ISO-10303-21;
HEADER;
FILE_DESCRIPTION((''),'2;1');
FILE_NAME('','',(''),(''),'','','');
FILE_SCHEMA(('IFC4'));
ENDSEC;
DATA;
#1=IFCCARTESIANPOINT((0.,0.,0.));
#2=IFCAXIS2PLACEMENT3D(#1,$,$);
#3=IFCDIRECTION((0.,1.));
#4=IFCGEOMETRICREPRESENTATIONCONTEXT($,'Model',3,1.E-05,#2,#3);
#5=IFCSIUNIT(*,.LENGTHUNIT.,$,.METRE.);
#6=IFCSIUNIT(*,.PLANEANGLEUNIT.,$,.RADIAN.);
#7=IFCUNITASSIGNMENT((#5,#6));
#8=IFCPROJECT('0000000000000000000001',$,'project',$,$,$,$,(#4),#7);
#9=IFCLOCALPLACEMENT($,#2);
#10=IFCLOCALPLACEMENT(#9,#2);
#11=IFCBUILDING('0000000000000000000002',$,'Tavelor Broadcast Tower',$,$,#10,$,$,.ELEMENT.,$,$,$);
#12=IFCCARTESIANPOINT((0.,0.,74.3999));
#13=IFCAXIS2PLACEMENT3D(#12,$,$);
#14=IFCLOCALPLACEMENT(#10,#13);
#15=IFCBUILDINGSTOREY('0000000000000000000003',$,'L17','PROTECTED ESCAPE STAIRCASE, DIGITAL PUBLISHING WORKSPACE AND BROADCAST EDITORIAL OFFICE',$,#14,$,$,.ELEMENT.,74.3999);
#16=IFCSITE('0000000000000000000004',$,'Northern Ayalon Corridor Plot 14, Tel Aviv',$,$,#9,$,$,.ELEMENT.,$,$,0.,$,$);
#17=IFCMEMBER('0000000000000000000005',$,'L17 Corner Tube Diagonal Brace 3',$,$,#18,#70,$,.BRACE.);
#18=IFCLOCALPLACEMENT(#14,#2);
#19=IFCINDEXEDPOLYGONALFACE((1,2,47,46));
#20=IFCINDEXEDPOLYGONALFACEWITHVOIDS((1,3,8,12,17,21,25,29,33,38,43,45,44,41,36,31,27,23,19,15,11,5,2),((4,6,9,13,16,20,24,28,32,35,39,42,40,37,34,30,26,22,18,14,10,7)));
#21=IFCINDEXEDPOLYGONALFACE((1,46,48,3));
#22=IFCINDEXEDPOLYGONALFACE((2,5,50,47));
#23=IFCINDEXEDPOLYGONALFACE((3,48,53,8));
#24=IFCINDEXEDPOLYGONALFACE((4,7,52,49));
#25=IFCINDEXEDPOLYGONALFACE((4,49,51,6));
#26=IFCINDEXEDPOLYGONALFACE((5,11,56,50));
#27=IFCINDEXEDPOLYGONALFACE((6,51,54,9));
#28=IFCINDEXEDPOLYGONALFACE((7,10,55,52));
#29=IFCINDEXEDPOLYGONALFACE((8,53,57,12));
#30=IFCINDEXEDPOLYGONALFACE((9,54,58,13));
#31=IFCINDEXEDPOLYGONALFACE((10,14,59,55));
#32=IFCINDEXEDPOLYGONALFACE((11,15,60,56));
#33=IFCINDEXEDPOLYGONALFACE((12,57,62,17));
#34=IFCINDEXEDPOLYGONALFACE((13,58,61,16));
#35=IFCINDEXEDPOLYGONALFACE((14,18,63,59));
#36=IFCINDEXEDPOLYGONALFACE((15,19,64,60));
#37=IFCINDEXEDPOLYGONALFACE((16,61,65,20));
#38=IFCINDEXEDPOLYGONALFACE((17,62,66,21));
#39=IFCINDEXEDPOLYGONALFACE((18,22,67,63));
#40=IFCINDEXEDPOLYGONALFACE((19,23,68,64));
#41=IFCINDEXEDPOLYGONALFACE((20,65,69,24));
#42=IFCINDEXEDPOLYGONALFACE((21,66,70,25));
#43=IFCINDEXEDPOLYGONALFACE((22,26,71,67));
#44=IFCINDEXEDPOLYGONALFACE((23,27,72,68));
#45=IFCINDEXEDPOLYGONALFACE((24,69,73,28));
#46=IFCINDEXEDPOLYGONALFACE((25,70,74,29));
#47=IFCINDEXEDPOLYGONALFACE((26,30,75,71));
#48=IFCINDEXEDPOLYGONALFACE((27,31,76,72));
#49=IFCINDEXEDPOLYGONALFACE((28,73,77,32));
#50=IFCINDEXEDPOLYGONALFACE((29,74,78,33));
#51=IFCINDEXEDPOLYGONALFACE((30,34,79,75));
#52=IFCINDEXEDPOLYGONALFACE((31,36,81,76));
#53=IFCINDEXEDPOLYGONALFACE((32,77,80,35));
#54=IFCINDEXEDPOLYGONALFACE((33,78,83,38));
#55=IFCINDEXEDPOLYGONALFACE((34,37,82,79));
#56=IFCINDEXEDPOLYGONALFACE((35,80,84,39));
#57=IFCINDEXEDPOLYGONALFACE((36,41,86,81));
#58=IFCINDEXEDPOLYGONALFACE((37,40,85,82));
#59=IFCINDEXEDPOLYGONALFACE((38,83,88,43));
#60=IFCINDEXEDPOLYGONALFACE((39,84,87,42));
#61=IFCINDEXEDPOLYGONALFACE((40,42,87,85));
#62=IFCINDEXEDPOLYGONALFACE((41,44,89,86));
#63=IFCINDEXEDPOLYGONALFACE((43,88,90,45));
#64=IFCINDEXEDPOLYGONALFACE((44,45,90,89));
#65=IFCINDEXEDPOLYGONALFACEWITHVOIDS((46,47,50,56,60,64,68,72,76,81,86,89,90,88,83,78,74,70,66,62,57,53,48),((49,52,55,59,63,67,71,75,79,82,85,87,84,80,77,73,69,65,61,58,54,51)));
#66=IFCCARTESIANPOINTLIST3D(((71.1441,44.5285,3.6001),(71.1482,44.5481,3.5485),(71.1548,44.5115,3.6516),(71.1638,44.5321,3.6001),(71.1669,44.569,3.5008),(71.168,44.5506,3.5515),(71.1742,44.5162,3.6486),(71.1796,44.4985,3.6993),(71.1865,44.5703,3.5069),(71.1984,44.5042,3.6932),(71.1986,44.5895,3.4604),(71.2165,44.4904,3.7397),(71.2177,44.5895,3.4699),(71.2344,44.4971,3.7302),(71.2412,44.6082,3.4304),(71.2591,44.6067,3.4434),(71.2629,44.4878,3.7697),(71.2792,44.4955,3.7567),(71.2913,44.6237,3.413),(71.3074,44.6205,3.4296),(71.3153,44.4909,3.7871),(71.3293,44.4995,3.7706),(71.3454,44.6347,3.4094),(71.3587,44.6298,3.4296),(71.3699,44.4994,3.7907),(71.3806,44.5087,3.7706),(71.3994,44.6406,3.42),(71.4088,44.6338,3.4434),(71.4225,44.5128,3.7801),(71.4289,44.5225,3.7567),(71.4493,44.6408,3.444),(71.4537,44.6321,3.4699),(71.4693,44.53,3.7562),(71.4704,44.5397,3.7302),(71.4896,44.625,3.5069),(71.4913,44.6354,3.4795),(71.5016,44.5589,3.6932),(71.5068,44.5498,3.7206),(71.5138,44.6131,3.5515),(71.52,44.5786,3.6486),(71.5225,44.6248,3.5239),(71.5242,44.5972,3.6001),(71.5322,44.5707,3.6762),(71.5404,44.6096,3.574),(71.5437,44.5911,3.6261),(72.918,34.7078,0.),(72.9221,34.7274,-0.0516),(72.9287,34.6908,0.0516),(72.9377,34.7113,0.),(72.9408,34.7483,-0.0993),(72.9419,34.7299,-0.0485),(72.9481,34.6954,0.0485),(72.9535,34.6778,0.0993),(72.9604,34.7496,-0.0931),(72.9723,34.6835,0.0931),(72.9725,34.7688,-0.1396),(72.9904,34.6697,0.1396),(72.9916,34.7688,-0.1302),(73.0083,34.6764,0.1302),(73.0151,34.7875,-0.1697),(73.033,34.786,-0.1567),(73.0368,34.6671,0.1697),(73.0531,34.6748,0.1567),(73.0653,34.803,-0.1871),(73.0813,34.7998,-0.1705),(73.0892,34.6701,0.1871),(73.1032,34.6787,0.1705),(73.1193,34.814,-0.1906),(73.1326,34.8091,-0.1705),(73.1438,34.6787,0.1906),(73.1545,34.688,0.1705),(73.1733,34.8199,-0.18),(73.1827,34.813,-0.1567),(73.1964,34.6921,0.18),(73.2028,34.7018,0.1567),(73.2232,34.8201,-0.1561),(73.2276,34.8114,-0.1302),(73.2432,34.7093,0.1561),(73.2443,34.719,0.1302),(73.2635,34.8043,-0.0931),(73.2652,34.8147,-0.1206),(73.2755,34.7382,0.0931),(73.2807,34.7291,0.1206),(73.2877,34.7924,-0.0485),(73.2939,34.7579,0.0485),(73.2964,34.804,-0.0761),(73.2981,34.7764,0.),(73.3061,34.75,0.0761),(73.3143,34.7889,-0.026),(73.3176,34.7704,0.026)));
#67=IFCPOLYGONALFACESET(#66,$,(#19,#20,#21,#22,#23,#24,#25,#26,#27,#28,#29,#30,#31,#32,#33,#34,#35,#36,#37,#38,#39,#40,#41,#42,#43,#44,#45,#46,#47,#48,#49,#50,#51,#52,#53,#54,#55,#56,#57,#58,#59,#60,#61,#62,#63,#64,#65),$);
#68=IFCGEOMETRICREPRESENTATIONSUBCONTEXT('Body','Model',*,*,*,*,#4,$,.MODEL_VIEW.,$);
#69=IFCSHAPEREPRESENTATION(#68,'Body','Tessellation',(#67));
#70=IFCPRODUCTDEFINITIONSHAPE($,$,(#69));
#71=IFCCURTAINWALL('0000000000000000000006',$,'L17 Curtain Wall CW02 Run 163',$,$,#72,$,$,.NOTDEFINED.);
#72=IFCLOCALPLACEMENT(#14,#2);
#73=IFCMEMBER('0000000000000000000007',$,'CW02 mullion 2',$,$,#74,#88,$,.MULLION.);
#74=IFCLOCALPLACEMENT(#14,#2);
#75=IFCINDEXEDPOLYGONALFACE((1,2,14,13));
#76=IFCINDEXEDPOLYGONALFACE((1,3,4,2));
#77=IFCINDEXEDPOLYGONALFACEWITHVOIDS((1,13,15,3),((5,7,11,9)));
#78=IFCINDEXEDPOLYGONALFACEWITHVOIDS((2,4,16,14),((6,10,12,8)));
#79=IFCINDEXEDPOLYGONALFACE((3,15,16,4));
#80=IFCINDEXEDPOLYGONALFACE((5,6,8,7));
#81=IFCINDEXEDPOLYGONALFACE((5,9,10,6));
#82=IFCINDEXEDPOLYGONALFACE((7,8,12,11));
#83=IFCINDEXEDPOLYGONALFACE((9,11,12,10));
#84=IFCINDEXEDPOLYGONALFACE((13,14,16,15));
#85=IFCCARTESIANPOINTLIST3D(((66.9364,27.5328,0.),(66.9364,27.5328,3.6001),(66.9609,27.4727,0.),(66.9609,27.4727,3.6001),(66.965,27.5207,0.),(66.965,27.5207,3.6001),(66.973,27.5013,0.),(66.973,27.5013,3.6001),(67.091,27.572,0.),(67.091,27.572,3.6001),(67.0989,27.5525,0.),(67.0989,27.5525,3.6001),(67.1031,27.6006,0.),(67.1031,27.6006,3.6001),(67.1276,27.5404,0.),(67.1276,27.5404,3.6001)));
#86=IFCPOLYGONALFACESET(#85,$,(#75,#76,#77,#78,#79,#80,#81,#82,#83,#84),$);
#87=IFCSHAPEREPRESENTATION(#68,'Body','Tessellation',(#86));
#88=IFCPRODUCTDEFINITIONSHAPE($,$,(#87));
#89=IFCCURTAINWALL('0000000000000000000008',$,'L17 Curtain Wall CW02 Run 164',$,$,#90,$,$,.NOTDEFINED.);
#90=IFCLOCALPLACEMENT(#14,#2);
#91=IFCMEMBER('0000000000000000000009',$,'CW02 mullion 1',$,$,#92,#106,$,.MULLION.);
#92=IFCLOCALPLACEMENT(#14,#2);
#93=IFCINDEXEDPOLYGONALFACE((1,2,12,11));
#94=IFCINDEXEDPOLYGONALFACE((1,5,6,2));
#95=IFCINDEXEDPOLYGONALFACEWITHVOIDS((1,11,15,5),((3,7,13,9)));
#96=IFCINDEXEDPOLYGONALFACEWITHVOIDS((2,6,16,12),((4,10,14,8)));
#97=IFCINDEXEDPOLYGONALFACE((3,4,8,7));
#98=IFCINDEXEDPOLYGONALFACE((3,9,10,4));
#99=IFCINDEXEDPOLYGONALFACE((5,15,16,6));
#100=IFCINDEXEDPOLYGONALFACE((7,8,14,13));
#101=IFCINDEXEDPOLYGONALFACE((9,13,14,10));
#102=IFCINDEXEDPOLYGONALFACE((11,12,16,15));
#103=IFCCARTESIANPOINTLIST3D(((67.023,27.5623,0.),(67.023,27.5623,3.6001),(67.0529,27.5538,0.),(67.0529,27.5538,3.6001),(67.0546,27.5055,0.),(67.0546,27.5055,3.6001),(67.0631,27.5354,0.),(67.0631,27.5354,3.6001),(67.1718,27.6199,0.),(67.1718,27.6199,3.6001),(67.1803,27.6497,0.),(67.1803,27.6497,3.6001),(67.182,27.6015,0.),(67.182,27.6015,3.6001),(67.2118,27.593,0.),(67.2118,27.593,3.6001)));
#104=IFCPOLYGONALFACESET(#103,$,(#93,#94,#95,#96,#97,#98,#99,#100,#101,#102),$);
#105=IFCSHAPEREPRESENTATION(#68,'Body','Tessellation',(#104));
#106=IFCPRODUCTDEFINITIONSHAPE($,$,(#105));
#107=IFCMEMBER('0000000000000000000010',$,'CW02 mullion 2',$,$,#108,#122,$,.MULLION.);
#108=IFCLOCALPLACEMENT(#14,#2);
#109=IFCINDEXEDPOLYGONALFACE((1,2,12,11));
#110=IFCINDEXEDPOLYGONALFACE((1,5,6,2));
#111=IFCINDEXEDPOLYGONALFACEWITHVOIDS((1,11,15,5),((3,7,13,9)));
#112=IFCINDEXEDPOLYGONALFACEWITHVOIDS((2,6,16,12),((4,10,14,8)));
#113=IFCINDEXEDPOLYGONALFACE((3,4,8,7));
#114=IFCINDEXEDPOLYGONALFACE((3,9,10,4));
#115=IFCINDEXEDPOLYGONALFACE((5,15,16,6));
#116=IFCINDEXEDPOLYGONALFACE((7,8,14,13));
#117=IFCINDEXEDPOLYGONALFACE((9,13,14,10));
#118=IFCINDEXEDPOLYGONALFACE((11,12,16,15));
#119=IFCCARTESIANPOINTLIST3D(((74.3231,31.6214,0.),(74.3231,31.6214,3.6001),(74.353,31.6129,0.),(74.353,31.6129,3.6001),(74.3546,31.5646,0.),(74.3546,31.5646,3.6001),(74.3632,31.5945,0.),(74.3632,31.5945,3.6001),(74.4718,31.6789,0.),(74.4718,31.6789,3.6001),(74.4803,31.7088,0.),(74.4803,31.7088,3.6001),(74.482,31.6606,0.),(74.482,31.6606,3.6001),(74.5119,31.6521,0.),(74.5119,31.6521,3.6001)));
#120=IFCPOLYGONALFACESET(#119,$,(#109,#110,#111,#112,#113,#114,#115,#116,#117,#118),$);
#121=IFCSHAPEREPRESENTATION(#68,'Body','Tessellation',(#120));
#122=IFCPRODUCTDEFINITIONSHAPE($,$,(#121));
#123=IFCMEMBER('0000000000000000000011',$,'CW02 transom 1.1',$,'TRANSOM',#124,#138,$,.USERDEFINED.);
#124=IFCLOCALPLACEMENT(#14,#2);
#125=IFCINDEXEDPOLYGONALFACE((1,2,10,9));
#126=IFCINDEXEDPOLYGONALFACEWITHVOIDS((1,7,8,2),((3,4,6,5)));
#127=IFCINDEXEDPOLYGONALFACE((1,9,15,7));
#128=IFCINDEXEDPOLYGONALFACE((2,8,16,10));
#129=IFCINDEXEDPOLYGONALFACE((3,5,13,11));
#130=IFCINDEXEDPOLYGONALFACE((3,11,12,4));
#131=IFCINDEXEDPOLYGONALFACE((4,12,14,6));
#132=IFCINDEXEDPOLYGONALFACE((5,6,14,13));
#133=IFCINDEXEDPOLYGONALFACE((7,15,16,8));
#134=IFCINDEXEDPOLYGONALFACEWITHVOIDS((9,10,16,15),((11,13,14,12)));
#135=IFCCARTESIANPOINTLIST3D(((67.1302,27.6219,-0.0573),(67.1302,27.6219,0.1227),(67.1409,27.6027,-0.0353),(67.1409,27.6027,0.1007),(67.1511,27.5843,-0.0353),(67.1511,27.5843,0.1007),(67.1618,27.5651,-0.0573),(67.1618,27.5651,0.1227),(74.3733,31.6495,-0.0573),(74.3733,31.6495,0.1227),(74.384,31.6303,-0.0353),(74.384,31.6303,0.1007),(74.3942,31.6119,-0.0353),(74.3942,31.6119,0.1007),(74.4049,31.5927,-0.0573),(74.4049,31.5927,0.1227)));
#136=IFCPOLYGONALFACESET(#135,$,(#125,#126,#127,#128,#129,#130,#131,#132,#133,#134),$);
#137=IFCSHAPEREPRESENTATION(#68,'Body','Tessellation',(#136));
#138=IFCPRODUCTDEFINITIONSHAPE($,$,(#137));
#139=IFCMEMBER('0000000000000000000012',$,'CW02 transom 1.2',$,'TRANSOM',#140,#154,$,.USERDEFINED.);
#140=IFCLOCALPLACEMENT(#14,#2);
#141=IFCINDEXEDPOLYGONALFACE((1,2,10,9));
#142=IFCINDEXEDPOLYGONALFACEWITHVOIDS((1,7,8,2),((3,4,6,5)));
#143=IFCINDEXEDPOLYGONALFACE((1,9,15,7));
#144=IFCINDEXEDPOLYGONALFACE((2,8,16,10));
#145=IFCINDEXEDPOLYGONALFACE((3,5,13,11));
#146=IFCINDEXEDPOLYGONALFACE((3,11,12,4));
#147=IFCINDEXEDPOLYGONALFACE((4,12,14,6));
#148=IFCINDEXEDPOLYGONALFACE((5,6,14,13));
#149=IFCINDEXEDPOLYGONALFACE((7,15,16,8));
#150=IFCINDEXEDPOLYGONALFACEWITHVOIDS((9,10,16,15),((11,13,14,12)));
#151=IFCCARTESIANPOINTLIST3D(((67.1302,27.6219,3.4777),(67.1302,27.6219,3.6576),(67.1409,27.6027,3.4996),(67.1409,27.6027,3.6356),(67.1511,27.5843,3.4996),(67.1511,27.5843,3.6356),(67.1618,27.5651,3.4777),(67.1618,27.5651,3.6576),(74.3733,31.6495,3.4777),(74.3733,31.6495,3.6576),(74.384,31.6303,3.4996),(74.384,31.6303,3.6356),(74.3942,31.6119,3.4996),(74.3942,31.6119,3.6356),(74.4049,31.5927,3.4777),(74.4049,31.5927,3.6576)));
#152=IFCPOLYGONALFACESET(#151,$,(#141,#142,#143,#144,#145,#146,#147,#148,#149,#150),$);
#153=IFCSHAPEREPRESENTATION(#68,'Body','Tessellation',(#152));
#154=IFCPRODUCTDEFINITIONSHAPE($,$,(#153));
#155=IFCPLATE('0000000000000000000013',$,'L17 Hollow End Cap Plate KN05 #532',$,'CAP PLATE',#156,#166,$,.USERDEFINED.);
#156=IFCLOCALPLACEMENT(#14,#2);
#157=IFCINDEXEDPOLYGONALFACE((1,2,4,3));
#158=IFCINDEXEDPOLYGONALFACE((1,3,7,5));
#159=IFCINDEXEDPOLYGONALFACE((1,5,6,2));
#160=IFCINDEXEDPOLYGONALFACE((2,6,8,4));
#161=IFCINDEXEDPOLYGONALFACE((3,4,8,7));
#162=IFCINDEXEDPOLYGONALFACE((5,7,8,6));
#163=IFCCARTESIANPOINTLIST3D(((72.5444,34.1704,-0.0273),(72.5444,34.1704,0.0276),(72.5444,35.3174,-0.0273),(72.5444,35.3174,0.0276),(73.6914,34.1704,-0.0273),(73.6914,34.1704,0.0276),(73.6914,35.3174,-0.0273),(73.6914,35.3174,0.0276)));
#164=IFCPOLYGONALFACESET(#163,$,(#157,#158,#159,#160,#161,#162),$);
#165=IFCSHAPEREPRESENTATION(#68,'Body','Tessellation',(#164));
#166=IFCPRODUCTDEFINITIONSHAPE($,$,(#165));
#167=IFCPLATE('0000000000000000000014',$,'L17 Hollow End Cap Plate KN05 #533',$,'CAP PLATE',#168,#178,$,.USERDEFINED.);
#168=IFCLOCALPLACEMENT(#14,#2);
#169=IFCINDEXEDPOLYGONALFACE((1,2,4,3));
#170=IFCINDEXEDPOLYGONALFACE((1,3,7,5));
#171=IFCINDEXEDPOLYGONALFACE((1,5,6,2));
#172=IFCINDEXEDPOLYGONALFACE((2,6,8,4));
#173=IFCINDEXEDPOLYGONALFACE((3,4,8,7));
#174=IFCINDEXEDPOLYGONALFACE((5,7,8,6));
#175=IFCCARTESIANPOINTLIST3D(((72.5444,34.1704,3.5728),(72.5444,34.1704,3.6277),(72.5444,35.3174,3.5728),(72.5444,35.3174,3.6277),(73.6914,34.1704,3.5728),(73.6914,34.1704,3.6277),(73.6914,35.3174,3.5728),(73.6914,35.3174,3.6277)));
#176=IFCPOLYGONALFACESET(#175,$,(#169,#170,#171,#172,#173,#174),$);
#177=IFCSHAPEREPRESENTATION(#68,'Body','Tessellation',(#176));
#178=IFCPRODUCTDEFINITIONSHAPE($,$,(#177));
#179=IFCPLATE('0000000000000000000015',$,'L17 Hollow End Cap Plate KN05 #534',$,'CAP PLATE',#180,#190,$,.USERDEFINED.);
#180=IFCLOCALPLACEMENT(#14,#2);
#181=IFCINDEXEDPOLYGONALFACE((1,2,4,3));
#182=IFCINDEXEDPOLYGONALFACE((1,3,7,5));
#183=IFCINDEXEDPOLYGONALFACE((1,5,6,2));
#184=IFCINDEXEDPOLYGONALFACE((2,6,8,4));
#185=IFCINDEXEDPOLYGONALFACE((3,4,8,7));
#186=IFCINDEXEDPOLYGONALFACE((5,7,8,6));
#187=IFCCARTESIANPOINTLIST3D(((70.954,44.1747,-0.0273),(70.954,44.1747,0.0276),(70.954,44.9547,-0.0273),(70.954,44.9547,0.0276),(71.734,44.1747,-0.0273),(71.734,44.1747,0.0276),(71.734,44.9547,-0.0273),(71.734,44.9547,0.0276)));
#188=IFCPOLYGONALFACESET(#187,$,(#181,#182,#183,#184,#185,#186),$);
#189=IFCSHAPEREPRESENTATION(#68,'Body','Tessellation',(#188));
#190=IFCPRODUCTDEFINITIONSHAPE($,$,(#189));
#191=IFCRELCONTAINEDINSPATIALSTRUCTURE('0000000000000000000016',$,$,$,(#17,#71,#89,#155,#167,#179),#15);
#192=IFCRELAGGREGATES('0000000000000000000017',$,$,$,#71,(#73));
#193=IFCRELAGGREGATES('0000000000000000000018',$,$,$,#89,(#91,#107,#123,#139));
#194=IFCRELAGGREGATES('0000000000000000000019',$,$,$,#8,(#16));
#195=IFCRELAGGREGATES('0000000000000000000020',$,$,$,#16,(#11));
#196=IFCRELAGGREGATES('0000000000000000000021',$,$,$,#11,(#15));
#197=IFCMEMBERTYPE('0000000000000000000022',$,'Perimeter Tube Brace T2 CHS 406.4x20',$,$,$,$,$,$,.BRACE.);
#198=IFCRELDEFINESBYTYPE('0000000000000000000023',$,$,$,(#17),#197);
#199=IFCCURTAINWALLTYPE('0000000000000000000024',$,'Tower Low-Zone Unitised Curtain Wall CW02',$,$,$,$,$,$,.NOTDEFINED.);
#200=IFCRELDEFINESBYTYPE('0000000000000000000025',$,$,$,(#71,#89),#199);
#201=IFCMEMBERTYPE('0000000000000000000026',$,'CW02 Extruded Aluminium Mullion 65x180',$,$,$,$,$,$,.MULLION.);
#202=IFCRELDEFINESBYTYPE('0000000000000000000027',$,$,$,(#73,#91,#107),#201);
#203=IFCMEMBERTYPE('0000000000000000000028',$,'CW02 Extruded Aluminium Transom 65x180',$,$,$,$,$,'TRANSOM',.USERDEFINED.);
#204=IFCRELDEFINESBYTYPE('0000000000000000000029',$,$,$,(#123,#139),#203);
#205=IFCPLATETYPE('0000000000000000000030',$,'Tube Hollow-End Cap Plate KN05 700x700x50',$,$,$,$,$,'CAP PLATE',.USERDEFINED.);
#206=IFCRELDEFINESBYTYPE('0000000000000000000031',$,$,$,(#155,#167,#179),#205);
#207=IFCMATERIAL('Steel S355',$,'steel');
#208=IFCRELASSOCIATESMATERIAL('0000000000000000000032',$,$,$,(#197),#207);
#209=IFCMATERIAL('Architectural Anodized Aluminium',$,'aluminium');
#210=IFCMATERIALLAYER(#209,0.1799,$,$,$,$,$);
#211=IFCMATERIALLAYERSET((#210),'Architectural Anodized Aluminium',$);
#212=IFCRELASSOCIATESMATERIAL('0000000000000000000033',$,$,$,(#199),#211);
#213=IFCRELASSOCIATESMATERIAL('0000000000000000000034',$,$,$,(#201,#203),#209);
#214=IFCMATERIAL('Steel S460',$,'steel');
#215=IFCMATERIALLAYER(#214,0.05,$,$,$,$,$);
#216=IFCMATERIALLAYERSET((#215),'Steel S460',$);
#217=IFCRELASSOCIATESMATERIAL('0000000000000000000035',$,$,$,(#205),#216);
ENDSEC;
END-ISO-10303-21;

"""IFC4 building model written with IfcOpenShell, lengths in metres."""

from ifc_helpers import new_model, si_unit, direction, frame, origin, origin_2d, place, context, subcontext, project, spatial, rectangle, hollow_rectangle, hollow_circle, extrude, source, transform, mapped, material, layer, layer_set, material_profile, profile_set, type_object, type_shapes, element, aggregate, save


model = new_model("IFC4")

# Units and contexts
model_context = context("Model", 3, precision=1e-05, world=origin(), true_north=direction((0.0, 1.0)))
body_context = subcontext(model_context, "Body", "Model", "MODEL_VIEW")
ifc_project = project(units=[si_unit("LENGTHUNIT", "METRE"), si_unit("PLANEANGLEUNIT", "RADIAN")], contexts=[model_context])

# Site, building, storey
site_placement = place(None, origin())
site = spatial("IfcSite", under=ifc_project, at=site_placement, Name="Northern Ayalon Corridor Plot 14, Tel Aviv", CompositionType="ELEMENT", RefElevation=0.0)
building_placement = place(site_placement, origin())
building = spatial("IfcBuilding", under=site, at=building_placement, Name="Tavelor Broadcast Tower", CompositionType="ELEMENT")
storey_placement = place(building_placement, frame((0.0, 0.0, 74.3999)))
storey = spatial("IfcBuildingStorey", under=building, at=storey_placement, Name="L17", Description="PROTECTED ESCAPE STAIRCASE, DIGITAL PUBLISHING WORKSPACE AND BROADCAST EDITORIAL OFFICE", CompositionType="ELEMENT", Elevation=74.3999)

# Shared definitions
ifc_material_1 = material(Name="Steel S460", Category="steel")

# Shared definitions
ifc_material_2 = material(Name="Steel S355", Category="steel")

# Member
ifc_material_profile_1 = material_profile(ifc_material_2, hollow_circle(Radius=0.2031, WallThickness=0.02, at=origin_2d()), Name="CHS 406.4x20")
ifc_profile_set_1 = profile_set([ifc_material_profile_1], Name="Steel S355")
member_type_1 = type_object("IfcMemberType", Name="Perimeter Tube Brace T2 CHS 406.4x20", PredefinedType="BRACE", material=ifc_profile_set_1)
member_1_placement = place(storey_placement, frame((73.1179, 34.7439, 0.0), z_axis=(-0.167206, 0.925685, 0.339337), x_axis=(-0.984075, -0.177753, 0.0)))
element("IfcMember", 1, at=member_1_placement, inside=storey, type_object=member_type_1, Name="L17 Corner Tube Diagonal Brace 3", PredefinedType="BRACE", context=body_context, shape_type="SweptSolid", body=[
    extrude(hollow_circle(Radius=0.2031, WallThickness=0.02, at=origin_2d()), origin(), (0.0, 0.0, 1.0), 10.6091),
])

# Curtain wall, member
ifc_material_3 = material(Name="Architectural Anodized Aluminium", Category="aluminium")
ifc_layer_1 = layer(ifc_material_3, 0.1799)
ifc_layer_set_1 = layer_set([ifc_layer_1], Name="Architectural Anodized Aluminium")
curtain_wall_type = type_object("IfcCurtainWallType", Name="Tower Low-Zone Unitised Curtain Wall CW02", PredefinedType="NOTDEFINED", material=ifc_layer_set_1)
curtain_wall_1_placement = place(storey_placement, origin())
curtain_wall_1 = element("IfcCurtainWall", 2, at=curtain_wall_1_placement, inside=storey, type_object=curtain_wall_type, Name="L17 Curtain Wall CW02 Run 163", PredefinedType="NOTDEFINED")
ifc_material_profile_2 = material_profile(ifc_material_3, hollow_rectangle(XDim=0.0649, YDim=0.1799, WallThickness=0.022, at=origin_2d()), Name="RHS 65x180x22")
ifc_profile_set_2 = profile_set([ifc_material_profile_2], Name="Architectural Anodized Aluminium")
member_type_2 = type_object("IfcMemberType", Name="CW02 Extruded Aluminium Mullion 65x180", PredefinedType="MULLION", material=ifc_profile_set_2)
shared_shape_1 = source(origin(), body_context, "Body", "SweptSolid", [
    extrude(hollow_rectangle(XDim=0.0649, YDim=0.1799, WallThickness=0.022, at=origin_2d()), origin(), (0.0, 0.0, 1.0), 3.6001),
])
type_shapes(member_type_2, [shared_shape_1])
member_2_placement = place(storey_placement, frame((67.032, 27.5366, 0.0), z_axis=(0.0, 0.0, 1.0), x_axis=(-0.376644, 0.926358, 0.0)))
member_2 = element("IfcMember", 3, at=member_2_placement, type_object=member_type_2, Name="CW02 mullion 2", PredefinedType="MULLION", context=body_context, shape_type="MappedRepresentation", body=[
    mapped(shared_shape_1, transform((0.0, 0.0, 0.0), scale=1.0)),
])
aggregate(curtain_wall_1, [member_2])

# Curtain wall, members
curtain_wall_2_placement = place(storey_placement, origin())
curtain_wall_2 = element("IfcCurtainWall", 4, at=curtain_wall_2_placement, inside=storey, type_object=curtain_wall_type, Name="L17 Curtain Wall CW02 Run 164", PredefinedType="NOTDEFINED")
member_3_placement = place(storey_placement, frame((67.1174, 27.5776, 0.0), z_axis=(0.0, 0.0, 1.0), x_axis=(-0.485969, 0.873976, 0.0)))
member_3 = element("IfcMember", 5, at=member_3_placement, type_object=member_type_2, Name="CW02 mullion 1", PredefinedType="MULLION", context=body_context, shape_type="MappedRepresentation", body=[
    mapped(shared_shape_1, transform((0.0, 0.0, 0.0), scale=1.0)),
])
member_4_placement = place(storey_placement, frame((74.4175, 31.6367, 0.0), z_axis=(0.0, 0.0, 1.0), x_axis=(-0.485969, 0.873976, 0.0)))
member_4 = element("IfcMember", 6, at=member_4_placement, type_object=member_type_2, Name="CW02 mullion 2", PredefinedType="MULLION", context=body_context, shape_type="MappedRepresentation", body=[
    mapped(shared_shape_1, transform((0.0, 0.0, 0.0), scale=1.0)),
])
ifc_material_profile_3 = material_profile(ifc_material_3, hollow_rectangle(XDim=0.0649, YDim=0.1799, WallThickness=0.022, at=origin_2d()), Name="RHS 65x180x22")
ifc_profile_set_3 = profile_set([ifc_material_profile_3], Name="Architectural Anodized Aluminium")
member_type_3 = type_object("IfcMemberType", Name="CW02 Extruded Aluminium Transom 65x180", ElementType="TRANSOM", PredefinedType="USERDEFINED", material=ifc_profile_set_3)
shared_shape_2 = source(origin(), body_context, "Body", "SweptSolid", [
    extrude(hollow_rectangle(XDim=0.0649, YDim=0.1799, WallThickness=0.022, at=origin_2d()), origin(), (0.0, 0.0, 1.0), 8.2876),
])
type_shapes(member_type_3, [shared_shape_2])
member_5_placement = place(storey_placement, frame((67.146, 27.5935, 0.0327), z_axis=(0.873972, 0.485976, 0.0), x_axis=(-0.485976, 0.873972, 0.0)))
member_5 = element("IfcMember", 7, at=member_5_placement, type_object=member_type_3, Name="CW02 transom 1.1", ObjectType="TRANSOM", PredefinedType="USERDEFINED", context=body_context, shape_type="MappedRepresentation", body=[
    mapped(shared_shape_2, transform((0.0, 0.0, 0.0), scale=1.0)),
])
member_6_placement = place(storey_placement, frame((67.146, 27.5935, 3.5676), z_axis=(0.873972, 0.485976, 0.0), x_axis=(-0.485976, 0.873972, 0.0)))
member_6 = element("IfcMember", 8, at=member_6_placement, type_object=member_type_3, Name="CW02 transom 1.2", ObjectType="TRANSOM", PredefinedType="USERDEFINED", context=body_context, shape_type="MappedRepresentation", body=[
    mapped(shared_shape_2, transform((0.0, 0.0, 0.0), scale=1.0)),
])

# Plates
ifc_layer_2 = layer(ifc_material_1, 0.05)
ifc_layer_set_2 = layer_set([ifc_layer_2], Name="Steel S460")
plate_type_1 = type_object("IfcPlateType", Name="Tube Hollow-End Cap Plate KN05 700x700x50", ElementType="CAP PLATE", PredefinedType="USERDEFINED", material=ifc_layer_set_2)
shared_shape_3 = source(origin(), body_context, "Body", "SweptSolid", [
    extrude(rectangle(XDim=1.147, YDim=1.147, at=origin_2d()), origin(), (0.0, 0.0, 1.0), 0.0549),
])
for number, where, z_axis, x_axis, name in (
    (9, (73.1179, 34.7439, -0.0273), (0.0, 0.0, 1.0), (1.0, 0.0, 0.0), "L17 Hollow End Cap Plate KN05 #532"),
    (10, (73.1179, 34.7439, 3.5728), (0.0, 0.0, 1.0), (1.0, 0.0, 0.0), "L17 Hollow End Cap Plate KN05 #533"),
):
    element("IfcPlate", number, at=place(storey_placement, frame(where, z_axis=z_axis, x_axis=x_axis)), inside=storey, type_object=plate_type_1, Name=name, ObjectType="CAP PLATE", PredefinedType="USERDEFINED", context=body_context, shape_type="MappedRepresentation", body=[
        mapped(shared_shape_3, transform((0.0, 0.0, 0.0), scale=1.0)),
    ])
shared_shape_4 = source(origin(), body_context, "Body", "SweptSolid", [
    extrude(rectangle(XDim=0.78, YDim=0.78, at=origin_2d()), origin(), (0.0, 0.0, 1.0), 0.0549),
])
type_shapes(plate_type_1, [shared_shape_3, shared_shape_4])
plate_1_placement = place(storey_placement, frame((71.344, 44.5647, -0.0273), z_axis=(0.0, 0.0, 1.0), x_axis=(1.0, 0.0, 0.0)))
element("IfcPlate", 11, at=plate_1_placement, inside=storey, type_object=plate_type_1, Name="L17 Hollow End Cap Plate KN05 #534", ObjectType="CAP PLATE", PredefinedType="USERDEFINED", context=body_context, shape_type="MappedRepresentation", body=[
    mapped(shared_shape_4, transform((0.0, 0.0, 0.0), scale=1.0)),
])

aggregate(curtain_wall_2, [member_3, member_4, member_5, member_6])

save(model, "model.ifc")
